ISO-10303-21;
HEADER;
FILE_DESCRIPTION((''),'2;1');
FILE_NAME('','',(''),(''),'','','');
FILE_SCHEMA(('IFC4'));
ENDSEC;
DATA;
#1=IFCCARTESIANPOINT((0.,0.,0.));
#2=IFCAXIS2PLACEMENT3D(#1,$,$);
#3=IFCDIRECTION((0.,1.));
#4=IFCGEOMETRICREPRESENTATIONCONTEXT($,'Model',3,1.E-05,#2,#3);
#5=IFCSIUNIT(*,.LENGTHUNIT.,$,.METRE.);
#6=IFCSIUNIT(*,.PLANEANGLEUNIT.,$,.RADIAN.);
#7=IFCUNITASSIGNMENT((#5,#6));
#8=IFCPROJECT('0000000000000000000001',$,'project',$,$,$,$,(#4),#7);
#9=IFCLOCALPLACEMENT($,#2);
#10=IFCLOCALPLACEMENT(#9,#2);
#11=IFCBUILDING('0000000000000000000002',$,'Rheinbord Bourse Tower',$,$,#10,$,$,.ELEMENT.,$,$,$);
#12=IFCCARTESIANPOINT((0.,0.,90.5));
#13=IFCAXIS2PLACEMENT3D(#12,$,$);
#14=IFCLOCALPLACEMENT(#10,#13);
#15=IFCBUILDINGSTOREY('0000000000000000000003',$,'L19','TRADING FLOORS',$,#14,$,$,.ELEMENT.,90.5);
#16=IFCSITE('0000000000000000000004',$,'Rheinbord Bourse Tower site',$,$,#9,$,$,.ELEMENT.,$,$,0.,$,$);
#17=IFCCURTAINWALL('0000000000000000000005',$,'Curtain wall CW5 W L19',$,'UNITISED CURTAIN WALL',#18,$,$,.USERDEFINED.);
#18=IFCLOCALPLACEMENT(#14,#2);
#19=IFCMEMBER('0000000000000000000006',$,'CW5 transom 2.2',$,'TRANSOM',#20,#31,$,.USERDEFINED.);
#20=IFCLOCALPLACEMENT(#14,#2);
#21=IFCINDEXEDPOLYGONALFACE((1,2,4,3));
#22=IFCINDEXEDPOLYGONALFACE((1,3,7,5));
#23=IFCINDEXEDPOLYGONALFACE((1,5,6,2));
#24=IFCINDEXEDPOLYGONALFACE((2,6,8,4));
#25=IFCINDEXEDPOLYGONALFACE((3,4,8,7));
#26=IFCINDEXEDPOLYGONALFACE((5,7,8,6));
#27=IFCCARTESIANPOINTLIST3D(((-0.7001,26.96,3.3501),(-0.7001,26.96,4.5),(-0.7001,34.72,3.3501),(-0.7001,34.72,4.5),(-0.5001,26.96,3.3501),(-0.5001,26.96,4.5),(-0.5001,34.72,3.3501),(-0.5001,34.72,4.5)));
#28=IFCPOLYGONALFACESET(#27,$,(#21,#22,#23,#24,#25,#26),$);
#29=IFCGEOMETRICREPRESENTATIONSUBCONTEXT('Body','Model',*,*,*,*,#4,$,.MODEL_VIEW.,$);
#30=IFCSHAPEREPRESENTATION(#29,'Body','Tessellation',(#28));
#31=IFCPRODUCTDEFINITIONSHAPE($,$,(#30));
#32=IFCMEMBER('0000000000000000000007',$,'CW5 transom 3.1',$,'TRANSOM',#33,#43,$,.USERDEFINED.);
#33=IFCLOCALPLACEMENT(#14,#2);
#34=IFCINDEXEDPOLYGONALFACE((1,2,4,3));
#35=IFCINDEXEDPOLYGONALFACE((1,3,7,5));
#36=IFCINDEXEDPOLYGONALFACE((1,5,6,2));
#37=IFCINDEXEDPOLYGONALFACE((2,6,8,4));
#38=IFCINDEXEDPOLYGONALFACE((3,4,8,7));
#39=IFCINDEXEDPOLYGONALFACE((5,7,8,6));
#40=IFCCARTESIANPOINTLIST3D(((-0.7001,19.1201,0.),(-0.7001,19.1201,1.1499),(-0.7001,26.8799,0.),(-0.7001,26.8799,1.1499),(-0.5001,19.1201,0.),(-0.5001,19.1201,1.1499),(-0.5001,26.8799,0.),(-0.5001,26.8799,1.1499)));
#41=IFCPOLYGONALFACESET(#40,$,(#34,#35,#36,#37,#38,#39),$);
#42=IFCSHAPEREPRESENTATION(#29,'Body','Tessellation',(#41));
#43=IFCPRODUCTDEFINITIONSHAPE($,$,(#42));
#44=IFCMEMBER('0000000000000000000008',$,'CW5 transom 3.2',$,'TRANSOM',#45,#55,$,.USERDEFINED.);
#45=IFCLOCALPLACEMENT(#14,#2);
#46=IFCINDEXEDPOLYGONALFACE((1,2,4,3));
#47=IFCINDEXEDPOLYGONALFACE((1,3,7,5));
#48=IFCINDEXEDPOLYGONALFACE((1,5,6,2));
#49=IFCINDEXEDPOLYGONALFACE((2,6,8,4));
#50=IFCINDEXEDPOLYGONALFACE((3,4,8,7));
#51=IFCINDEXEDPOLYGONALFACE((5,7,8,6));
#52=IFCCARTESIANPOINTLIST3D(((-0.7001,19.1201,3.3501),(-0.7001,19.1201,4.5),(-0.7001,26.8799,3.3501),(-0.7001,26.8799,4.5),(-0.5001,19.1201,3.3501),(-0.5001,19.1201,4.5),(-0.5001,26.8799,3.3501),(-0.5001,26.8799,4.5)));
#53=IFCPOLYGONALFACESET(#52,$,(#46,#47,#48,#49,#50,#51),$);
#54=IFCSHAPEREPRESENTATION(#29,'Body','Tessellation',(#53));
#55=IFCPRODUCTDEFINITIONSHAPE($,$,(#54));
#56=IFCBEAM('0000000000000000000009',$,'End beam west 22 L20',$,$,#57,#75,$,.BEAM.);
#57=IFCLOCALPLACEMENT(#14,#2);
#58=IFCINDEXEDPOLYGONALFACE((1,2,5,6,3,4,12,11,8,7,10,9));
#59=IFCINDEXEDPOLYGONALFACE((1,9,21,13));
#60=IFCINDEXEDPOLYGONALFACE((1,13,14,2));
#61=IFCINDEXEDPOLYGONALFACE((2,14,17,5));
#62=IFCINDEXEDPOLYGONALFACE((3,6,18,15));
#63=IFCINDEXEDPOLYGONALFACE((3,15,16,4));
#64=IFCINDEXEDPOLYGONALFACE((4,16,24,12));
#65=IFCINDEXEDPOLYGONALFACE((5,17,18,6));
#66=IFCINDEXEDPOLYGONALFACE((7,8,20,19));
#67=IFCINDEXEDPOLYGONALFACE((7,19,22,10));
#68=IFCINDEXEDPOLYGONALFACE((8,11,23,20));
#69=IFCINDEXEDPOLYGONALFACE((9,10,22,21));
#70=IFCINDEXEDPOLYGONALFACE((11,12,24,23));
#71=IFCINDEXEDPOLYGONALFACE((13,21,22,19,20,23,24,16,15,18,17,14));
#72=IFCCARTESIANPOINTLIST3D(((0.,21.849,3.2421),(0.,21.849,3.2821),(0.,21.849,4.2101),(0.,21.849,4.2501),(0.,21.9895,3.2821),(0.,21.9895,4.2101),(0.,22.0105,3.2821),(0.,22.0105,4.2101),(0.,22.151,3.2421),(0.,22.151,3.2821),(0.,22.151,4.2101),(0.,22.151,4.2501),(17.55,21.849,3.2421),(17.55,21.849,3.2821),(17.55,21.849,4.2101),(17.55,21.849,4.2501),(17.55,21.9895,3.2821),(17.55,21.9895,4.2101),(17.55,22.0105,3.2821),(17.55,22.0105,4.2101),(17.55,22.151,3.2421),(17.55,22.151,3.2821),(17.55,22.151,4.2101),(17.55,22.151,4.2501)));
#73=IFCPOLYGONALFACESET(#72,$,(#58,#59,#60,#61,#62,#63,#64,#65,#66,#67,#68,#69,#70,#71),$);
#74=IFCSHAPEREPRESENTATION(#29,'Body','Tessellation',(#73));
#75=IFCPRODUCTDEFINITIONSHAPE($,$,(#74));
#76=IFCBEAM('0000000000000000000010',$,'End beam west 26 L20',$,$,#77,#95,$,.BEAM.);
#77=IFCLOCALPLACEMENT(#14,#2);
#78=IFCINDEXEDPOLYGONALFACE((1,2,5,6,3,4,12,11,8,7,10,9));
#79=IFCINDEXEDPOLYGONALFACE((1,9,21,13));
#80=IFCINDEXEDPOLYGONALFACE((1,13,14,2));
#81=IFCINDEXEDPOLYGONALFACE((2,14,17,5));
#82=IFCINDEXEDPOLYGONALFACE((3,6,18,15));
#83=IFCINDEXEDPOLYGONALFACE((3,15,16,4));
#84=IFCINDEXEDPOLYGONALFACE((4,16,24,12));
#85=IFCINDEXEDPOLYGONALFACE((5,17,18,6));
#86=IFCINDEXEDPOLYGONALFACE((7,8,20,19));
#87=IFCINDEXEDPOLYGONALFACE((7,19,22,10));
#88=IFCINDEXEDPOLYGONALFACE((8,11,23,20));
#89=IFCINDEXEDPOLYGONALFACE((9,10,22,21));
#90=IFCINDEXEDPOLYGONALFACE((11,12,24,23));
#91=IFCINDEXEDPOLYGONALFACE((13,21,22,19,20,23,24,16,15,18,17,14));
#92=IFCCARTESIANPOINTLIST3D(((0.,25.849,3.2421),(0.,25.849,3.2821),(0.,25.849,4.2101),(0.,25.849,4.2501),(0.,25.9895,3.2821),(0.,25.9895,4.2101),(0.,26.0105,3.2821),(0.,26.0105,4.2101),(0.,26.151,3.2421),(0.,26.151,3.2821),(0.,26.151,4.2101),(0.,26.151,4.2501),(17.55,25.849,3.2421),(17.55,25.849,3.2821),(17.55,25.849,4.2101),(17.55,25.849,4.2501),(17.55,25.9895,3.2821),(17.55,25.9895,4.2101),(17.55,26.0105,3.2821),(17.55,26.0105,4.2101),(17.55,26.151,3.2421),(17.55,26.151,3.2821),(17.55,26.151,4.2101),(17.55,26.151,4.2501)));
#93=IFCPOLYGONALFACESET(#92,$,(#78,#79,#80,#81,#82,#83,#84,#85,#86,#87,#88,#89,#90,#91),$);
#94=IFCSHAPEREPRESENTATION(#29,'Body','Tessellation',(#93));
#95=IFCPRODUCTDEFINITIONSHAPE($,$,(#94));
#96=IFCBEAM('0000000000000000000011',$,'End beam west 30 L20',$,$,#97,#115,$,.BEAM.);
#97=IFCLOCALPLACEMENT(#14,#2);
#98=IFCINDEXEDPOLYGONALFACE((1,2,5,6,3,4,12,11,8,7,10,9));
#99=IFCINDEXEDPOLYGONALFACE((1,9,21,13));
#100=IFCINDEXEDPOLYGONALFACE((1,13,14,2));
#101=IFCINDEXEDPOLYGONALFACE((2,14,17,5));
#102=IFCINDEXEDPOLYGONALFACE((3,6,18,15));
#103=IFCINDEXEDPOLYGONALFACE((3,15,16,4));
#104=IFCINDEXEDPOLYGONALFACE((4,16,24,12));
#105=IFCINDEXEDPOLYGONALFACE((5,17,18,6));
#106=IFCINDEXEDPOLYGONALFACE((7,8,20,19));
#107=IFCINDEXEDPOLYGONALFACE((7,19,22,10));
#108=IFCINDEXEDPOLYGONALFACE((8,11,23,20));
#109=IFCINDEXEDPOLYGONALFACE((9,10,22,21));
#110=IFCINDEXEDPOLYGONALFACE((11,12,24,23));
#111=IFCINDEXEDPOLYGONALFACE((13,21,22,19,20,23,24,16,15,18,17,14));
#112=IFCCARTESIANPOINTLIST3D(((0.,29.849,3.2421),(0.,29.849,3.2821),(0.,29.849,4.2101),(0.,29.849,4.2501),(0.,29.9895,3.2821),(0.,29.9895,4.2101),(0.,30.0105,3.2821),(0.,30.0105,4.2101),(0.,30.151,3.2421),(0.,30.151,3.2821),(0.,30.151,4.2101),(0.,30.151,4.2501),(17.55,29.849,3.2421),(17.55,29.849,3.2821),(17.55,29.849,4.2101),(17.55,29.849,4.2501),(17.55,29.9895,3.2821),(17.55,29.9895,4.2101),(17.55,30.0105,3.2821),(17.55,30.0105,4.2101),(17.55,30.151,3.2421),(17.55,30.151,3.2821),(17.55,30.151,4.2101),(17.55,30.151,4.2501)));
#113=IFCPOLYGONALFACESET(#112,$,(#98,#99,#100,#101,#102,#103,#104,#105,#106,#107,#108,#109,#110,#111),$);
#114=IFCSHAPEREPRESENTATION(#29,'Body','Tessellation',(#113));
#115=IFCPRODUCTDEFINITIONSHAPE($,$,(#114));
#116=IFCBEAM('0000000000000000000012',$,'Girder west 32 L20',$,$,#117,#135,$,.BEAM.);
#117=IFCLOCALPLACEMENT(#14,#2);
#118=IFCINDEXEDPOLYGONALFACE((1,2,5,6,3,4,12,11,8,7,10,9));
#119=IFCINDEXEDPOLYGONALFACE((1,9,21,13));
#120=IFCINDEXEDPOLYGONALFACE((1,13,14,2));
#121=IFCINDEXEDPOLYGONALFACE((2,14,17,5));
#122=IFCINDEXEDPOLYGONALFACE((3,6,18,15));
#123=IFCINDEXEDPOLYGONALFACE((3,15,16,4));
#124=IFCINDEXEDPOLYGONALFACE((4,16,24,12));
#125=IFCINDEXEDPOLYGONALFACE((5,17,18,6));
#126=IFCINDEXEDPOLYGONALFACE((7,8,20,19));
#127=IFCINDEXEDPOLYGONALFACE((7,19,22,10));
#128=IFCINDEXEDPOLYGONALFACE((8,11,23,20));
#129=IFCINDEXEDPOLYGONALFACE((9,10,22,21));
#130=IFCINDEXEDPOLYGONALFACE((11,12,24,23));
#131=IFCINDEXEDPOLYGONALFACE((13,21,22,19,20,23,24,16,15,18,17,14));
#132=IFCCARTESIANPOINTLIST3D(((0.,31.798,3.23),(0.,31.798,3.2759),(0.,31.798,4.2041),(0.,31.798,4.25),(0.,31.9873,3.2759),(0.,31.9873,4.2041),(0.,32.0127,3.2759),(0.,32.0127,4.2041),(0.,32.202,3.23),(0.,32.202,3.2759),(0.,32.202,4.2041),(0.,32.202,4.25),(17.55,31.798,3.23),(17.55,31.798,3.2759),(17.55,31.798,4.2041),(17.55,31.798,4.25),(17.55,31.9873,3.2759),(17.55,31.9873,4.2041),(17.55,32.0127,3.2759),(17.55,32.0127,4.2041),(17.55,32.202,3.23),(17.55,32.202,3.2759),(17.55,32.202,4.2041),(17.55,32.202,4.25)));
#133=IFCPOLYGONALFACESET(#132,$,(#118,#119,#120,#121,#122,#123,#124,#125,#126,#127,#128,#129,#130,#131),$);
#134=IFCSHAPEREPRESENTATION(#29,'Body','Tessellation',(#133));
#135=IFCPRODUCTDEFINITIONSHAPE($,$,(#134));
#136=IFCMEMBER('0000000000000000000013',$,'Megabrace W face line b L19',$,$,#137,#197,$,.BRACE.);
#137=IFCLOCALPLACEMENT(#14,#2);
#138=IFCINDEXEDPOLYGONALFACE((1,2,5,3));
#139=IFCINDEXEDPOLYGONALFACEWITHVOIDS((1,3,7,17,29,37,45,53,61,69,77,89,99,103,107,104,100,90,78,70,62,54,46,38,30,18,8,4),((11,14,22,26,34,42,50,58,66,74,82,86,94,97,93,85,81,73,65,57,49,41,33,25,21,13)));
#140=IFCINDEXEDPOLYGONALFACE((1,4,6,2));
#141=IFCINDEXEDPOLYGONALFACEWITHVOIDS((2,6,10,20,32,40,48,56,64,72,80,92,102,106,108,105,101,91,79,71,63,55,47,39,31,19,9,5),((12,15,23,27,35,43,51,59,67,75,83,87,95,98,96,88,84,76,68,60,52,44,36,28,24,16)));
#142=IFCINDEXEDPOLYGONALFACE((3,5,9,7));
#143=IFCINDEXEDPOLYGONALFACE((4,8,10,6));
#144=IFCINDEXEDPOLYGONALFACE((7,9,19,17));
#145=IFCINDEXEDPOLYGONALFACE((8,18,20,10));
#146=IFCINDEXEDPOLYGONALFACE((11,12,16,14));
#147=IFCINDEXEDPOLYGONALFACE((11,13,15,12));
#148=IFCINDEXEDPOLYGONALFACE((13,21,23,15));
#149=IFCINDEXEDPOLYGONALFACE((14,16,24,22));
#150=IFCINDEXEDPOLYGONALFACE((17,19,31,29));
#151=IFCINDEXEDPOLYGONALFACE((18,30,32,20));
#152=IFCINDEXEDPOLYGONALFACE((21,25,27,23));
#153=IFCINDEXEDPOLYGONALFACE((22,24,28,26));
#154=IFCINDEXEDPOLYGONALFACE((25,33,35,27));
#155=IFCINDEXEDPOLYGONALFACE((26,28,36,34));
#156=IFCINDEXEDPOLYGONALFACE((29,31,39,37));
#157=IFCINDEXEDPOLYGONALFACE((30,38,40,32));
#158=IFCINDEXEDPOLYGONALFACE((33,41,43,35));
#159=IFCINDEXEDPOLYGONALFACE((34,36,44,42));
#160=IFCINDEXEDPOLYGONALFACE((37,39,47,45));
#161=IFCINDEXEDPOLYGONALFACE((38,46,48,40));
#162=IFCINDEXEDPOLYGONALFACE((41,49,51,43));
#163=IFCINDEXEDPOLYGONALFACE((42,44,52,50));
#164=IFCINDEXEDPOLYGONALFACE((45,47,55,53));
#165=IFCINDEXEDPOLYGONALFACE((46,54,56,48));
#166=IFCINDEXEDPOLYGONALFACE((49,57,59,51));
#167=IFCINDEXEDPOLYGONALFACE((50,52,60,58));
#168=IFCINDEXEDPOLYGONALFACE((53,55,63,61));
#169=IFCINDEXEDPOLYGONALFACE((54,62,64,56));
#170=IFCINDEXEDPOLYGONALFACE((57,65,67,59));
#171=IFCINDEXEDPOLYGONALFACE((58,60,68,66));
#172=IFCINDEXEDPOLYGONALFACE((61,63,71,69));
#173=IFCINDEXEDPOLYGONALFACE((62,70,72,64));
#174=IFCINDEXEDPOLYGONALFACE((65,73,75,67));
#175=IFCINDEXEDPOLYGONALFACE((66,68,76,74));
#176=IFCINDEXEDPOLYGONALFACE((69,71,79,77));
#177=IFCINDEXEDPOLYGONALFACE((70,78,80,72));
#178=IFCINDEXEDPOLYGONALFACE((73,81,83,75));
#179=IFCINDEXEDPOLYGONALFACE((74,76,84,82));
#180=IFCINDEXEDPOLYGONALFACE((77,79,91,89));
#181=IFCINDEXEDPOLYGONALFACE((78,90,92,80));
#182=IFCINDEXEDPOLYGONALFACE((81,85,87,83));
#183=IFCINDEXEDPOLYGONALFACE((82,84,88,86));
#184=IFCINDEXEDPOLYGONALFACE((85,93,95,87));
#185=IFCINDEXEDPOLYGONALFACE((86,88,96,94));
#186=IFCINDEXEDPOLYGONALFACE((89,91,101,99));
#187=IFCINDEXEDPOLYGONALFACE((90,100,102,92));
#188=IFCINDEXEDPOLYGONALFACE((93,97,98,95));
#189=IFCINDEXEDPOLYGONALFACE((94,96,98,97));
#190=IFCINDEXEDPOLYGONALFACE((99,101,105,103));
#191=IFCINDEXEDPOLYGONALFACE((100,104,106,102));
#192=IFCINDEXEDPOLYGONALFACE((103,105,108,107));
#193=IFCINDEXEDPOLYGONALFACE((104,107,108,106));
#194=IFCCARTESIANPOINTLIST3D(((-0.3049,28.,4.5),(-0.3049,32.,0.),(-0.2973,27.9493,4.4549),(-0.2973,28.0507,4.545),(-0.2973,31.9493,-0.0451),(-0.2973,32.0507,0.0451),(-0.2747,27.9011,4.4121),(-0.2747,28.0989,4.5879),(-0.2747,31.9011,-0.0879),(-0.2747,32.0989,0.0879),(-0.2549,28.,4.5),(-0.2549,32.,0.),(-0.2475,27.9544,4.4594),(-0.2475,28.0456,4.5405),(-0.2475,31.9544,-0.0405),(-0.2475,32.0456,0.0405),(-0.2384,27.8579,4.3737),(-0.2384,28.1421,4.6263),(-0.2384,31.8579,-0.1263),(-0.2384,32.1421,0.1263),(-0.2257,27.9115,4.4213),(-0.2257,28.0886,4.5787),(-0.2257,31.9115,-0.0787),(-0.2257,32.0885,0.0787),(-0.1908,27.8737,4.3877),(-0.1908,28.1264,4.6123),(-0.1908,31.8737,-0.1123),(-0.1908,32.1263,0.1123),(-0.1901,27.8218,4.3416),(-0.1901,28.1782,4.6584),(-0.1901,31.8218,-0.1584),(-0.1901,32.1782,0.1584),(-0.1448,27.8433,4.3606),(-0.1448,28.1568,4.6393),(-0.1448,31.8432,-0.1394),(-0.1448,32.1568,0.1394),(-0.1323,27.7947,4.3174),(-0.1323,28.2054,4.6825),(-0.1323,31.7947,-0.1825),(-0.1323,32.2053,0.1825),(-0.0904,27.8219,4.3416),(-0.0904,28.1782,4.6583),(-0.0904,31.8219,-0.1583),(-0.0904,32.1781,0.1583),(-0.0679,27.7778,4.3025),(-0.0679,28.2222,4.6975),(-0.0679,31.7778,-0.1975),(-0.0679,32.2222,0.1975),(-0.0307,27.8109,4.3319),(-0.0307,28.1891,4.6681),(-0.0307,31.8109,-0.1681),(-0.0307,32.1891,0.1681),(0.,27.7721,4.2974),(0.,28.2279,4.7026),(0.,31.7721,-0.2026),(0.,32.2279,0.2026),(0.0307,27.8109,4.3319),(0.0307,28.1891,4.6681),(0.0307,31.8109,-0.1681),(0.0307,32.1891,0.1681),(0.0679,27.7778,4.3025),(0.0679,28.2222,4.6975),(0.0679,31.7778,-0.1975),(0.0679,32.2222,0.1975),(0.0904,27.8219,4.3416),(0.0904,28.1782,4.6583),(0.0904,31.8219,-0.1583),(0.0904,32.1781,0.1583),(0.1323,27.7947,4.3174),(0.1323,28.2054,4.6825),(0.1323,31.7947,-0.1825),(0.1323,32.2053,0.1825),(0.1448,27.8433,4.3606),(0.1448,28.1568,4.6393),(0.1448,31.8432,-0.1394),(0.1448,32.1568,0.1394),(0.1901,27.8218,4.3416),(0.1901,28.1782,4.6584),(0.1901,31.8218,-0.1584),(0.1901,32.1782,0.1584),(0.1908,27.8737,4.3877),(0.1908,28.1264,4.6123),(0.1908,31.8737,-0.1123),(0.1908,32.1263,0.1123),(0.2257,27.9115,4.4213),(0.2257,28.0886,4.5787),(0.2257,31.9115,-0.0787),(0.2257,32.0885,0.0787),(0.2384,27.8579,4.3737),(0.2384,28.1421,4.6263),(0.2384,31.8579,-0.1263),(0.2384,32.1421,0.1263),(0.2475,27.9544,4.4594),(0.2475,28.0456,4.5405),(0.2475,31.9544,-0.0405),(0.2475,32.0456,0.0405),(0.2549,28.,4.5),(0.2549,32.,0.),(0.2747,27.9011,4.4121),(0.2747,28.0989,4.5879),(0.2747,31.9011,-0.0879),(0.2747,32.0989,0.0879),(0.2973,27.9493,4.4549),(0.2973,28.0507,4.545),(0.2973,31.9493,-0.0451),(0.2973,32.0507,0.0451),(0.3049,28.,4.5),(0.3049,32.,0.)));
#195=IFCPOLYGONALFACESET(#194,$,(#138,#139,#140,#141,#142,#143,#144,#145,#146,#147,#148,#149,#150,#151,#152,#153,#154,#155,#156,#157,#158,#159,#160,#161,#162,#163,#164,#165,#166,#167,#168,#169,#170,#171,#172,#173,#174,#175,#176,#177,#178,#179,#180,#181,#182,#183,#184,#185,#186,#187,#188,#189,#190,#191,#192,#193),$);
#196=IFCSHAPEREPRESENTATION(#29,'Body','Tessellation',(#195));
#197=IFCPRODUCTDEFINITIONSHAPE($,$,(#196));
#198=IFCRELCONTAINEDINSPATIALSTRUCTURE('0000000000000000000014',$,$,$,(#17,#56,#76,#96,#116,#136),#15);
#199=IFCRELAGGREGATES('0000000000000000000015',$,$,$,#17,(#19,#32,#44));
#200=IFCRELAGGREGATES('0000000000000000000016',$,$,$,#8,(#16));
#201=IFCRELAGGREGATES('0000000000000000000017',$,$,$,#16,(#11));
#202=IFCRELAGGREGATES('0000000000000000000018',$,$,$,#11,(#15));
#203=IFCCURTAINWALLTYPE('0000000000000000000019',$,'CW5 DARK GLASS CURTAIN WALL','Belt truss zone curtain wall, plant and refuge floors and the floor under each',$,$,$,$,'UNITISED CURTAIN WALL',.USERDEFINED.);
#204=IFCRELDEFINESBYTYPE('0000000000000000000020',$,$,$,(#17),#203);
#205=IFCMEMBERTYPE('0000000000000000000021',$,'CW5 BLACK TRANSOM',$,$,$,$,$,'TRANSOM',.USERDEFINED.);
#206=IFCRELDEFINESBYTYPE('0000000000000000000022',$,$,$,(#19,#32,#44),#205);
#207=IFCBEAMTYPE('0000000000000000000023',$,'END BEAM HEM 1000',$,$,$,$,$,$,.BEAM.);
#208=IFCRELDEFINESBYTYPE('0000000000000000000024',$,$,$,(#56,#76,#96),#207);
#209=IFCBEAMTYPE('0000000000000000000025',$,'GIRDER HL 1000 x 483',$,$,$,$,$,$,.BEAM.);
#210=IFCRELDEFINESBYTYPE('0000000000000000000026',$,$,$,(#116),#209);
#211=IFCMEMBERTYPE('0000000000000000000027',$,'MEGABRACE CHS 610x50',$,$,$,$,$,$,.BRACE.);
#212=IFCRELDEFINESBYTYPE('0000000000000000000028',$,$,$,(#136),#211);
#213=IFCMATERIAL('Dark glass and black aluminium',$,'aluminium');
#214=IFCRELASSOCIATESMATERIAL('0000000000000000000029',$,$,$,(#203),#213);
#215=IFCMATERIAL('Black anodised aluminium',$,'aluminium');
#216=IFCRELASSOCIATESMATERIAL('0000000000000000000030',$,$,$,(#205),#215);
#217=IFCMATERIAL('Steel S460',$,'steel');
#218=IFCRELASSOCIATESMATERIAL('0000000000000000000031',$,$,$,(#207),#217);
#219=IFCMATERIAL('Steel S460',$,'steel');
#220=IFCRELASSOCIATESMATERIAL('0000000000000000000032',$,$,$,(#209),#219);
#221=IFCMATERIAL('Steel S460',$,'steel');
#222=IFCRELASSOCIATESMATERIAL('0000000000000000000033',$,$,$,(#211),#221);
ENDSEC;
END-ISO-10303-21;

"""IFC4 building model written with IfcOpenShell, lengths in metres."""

from ifc_helpers import new_model, si_unit, direction, frame, origin, origin_2d, place, context, subcontext, project, spatial, rectangle, hollow_circle, i_section, extrude, material, material_profile, profile_set, type_object, element, aggregate, save


model = new_model("IFC4")

# Units and contexts
model_context = context("Model", 3, precision=1e-05, world=origin(), true_north=direction((0.0, 1.0)))
body_context = subcontext(model_context, "Body", "Model", "MODEL_VIEW")
ifc_project = project(units=[si_unit("LENGTHUNIT", "METRE"), si_unit("PLANEANGLEUNIT", "RADIAN")], contexts=[model_context])

# Site, building, storey
site_placement = place(None, origin())
site = spatial("IfcSite", under=ifc_project, at=site_placement, Name="Rheinbord Bourse Tower site", CompositionType="ELEMENT", RefElevation=0.0)
building_placement = place(site_placement, origin())
building = spatial("IfcBuilding", under=site, at=building_placement, Name="Rheinbord Bourse Tower", CompositionType="ELEMENT")
storey_placement = place(building_placement, frame((0.0, 0.0, 90.5)))
storey = spatial("IfcBuildingStorey", under=building, at=storey_placement, Name="L19", Description="TRADING FLOORS", CompositionType="ELEMENT", Elevation=90.5)

# Curtain wall, members
ifc_material_1 = material(Name="Dark glass and black aluminium", Category="aluminium")
curtain_wall_type = type_object("IfcCurtainWallType", Name="CW5 DARK GLASS CURTAIN WALL", Description="Belt truss zone curtain wall, plant and refuge floors and the floor under each", ElementType="UNITISED CURTAIN WALL", PredefinedType="USERDEFINED", material=ifc_material_1)
curtain_wall_placement = place(storey_placement, origin())
curtain_wall = element("IfcCurtainWall", 1, at=curtain_wall_placement, inside=storey, type_object=curtain_wall_type, Name="Curtain wall CW5 W L19", ObjectType="UNITISED CURTAIN WALL", PredefinedType="USERDEFINED")
ifc_material_2 = material(Name="Black anodised aluminium", Category="aluminium")
ifc_material_profile_1 = material_profile(ifc_material_2, rectangle(XDim=0.2, YDim=1.1499, at=origin_2d()), Name="CW5 TRANSOM 1150x200")
ifc_profile_set_1 = profile_set([ifc_material_profile_1], Name="Black anodised aluminium")
member_type_1 = type_object("IfcMemberType", Name="CW5 BLACK TRANSOM", ElementType="TRANSOM", PredefinedType="USERDEFINED", material=ifc_profile_set_1)
member_1_placement = place(storey_placement, frame((-0.6001, 34.72, 3.925), z_axis=(0.0, -1.0, 0.0), x_axis=(1.0, 0.0, 0.0)))
member_1 = element("IfcMember", 2, at=member_1_placement, type_object=member_type_1, Name="CW5 transom 2.2", ObjectType="TRANSOM", PredefinedType="USERDEFINED", context=body_context, shape_type="SweptSolid", body=[
    extrude(rectangle(XDim=0.2, YDim=1.1499, at=origin_2d()), origin(), (0.0, 0.0, 1.0), 7.76),
])
member_2_placement = place(storey_placement, frame((-0.6001, 26.8799, 0.575), z_axis=(0.0, -1.0, 0.0), x_axis=(1.0, 0.0, 0.0)))
member_2 = element("IfcMember", 3, at=member_2_placement, type_object=member_type_1, Name="CW5 transom 3.1", ObjectType="TRANSOM", PredefinedType="USERDEFINED", context=body_context, shape_type="SweptSolid", body=[
    extrude(rectangle(XDim=0.2, YDim=1.1499, at=origin_2d()), origin(), (0.0, 0.0, 1.0), 7.7598),
])
member_3_placement = place(storey_placement, frame((-0.6001, 26.8799, 3.925), z_axis=(0.0, -1.0, 0.0), x_axis=(1.0, 0.0, 0.0)))
member_3 = element("IfcMember", 4, at=member_3_placement, type_object=member_type_1, Name="CW5 transom 3.2", ObjectType="TRANSOM", PredefinedType="USERDEFINED", context=body_context, shape_type="SweptSolid", body=[
    extrude(rectangle(XDim=0.2, YDim=1.1499, at=origin_2d()), origin(), (0.0, 0.0, 1.0), 7.7598),
])

# Beams
ifc_material_3 = material(Name="Steel S460", Category="steel")
ifc_material_profile_2 = material_profile(ifc_material_3, i_section(OverallWidth=0.302, OverallDepth=1.0081, WebThickness=0.021, FlangeThickness=0.04, at=origin_2d()), Name="HEM 1000")
ifc_profile_set_2 = profile_set([ifc_material_profile_2], Name="Steel S460")
beam_type_1 = type_object("IfcBeamType", Name="END BEAM HEM 1000", PredefinedType="BEAM", material=ifc_profile_set_2)
for number, where, z_axis, x_axis, name in (
    (5, (0.0, 22.0, 3.7461), (1.0, 0.0, 0.0), (0.0, 1.0, 0.0), "End beam west 22 L20"),
    (6, (0.0, 26.0, 3.7461), (1.0, 0.0, 0.0), (0.0, 1.0, 0.0), "End beam west 26 L20"),
    (7, (0.0, 30.0, 3.7461), (1.0, 0.0, 0.0), (0.0, 1.0, 0.0), "End beam west 30 L20"),
):
    element("IfcBeam", number, at=place(storey_placement, frame(where, z_axis=z_axis, x_axis=x_axis)), inside=storey, type_object=beam_type_1, Name=name, PredefinedType="BEAM", context=body_context, shape_type="SweptSolid", body=[
        extrude(i_section(OverallWidth=0.302, OverallDepth=1.0081, WebThickness=0.021, FlangeThickness=0.04, at=origin_2d()), origin(), (0.0, 0.0, 1.0), 17.55),
    ])
ifc_material_4 = material(Name="Steel S460", Category="steel")
ifc_material_profile_3 = material_profile(ifc_material_4, i_section(OverallWidth=0.4041, OverallDepth=1.02, WebThickness=0.0254, FlangeThickness=0.0459, at=origin_2d()), Name="HL 1000 x 483")
ifc_profile_set_3 = profile_set([ifc_material_profile_3], Name="Steel S460")
beam_type_2 = type_object("IfcBeamType", Name="GIRDER HL 1000 x 483", PredefinedType="BEAM", material=ifc_profile_set_3)
beam_placement = place(storey_placement, frame((0.0, 32.0, 3.74), z_axis=(1.0, 0.0, 0.0), x_axis=(0.0, 1.0, 0.0)))
element("IfcBeam", 8, at=beam_placement, inside=storey, type_object=beam_type_2, Name="Girder west 32 L20", PredefinedType="BEAM", context=body_context, shape_type="SweptSolid", body=[
    extrude(i_section(OverallWidth=0.4041, OverallDepth=1.02, WebThickness=0.0254, FlangeThickness=0.0459, at=origin_2d()), origin(), (0.0, 0.0, 1.0), 17.55),
])

# Member
ifc_material_5 = material(Name="Steel S460", Category="steel")
ifc_material_profile_4 = material_profile(ifc_material_5, hollow_circle(Radius=0.3049, WallThickness=0.05, at=origin_2d()), Name="CHS 610x50")
ifc_profile_set_4 = profile_set([ifc_material_profile_4], Name="Steel S460")
member_type_2 = type_object("IfcMemberType", Name="MEGABRACE CHS 610x50", PredefinedType="BRACE", material=ifc_profile_set_4)
for number, where, z_axis, x_axis, name in (
    (9, (0.0, 32.0, 0.0), (0.0, -0.664364, 0.747409), (1.0, 0.0, 0.0), "Megabrace W face line b L19"),
):
    element("IfcMember", number, at=place(storey_placement, frame(where, z_axis=z_axis, x_axis=x_axis)), inside=storey, type_object=member_type_2, Name=name, PredefinedType="BRACE", context=body_context, shape_type="SweptSolid", body=[
        extrude(hollow_circle(Radius=0.3049, WallThickness=0.05, at=origin_2d()), origin(), (0.0, 0.0, 1.0), 6.0208),
    ])

aggregate(curtain_wall, [member_1, member_2, member_3])

save(model, "model.ifc")
